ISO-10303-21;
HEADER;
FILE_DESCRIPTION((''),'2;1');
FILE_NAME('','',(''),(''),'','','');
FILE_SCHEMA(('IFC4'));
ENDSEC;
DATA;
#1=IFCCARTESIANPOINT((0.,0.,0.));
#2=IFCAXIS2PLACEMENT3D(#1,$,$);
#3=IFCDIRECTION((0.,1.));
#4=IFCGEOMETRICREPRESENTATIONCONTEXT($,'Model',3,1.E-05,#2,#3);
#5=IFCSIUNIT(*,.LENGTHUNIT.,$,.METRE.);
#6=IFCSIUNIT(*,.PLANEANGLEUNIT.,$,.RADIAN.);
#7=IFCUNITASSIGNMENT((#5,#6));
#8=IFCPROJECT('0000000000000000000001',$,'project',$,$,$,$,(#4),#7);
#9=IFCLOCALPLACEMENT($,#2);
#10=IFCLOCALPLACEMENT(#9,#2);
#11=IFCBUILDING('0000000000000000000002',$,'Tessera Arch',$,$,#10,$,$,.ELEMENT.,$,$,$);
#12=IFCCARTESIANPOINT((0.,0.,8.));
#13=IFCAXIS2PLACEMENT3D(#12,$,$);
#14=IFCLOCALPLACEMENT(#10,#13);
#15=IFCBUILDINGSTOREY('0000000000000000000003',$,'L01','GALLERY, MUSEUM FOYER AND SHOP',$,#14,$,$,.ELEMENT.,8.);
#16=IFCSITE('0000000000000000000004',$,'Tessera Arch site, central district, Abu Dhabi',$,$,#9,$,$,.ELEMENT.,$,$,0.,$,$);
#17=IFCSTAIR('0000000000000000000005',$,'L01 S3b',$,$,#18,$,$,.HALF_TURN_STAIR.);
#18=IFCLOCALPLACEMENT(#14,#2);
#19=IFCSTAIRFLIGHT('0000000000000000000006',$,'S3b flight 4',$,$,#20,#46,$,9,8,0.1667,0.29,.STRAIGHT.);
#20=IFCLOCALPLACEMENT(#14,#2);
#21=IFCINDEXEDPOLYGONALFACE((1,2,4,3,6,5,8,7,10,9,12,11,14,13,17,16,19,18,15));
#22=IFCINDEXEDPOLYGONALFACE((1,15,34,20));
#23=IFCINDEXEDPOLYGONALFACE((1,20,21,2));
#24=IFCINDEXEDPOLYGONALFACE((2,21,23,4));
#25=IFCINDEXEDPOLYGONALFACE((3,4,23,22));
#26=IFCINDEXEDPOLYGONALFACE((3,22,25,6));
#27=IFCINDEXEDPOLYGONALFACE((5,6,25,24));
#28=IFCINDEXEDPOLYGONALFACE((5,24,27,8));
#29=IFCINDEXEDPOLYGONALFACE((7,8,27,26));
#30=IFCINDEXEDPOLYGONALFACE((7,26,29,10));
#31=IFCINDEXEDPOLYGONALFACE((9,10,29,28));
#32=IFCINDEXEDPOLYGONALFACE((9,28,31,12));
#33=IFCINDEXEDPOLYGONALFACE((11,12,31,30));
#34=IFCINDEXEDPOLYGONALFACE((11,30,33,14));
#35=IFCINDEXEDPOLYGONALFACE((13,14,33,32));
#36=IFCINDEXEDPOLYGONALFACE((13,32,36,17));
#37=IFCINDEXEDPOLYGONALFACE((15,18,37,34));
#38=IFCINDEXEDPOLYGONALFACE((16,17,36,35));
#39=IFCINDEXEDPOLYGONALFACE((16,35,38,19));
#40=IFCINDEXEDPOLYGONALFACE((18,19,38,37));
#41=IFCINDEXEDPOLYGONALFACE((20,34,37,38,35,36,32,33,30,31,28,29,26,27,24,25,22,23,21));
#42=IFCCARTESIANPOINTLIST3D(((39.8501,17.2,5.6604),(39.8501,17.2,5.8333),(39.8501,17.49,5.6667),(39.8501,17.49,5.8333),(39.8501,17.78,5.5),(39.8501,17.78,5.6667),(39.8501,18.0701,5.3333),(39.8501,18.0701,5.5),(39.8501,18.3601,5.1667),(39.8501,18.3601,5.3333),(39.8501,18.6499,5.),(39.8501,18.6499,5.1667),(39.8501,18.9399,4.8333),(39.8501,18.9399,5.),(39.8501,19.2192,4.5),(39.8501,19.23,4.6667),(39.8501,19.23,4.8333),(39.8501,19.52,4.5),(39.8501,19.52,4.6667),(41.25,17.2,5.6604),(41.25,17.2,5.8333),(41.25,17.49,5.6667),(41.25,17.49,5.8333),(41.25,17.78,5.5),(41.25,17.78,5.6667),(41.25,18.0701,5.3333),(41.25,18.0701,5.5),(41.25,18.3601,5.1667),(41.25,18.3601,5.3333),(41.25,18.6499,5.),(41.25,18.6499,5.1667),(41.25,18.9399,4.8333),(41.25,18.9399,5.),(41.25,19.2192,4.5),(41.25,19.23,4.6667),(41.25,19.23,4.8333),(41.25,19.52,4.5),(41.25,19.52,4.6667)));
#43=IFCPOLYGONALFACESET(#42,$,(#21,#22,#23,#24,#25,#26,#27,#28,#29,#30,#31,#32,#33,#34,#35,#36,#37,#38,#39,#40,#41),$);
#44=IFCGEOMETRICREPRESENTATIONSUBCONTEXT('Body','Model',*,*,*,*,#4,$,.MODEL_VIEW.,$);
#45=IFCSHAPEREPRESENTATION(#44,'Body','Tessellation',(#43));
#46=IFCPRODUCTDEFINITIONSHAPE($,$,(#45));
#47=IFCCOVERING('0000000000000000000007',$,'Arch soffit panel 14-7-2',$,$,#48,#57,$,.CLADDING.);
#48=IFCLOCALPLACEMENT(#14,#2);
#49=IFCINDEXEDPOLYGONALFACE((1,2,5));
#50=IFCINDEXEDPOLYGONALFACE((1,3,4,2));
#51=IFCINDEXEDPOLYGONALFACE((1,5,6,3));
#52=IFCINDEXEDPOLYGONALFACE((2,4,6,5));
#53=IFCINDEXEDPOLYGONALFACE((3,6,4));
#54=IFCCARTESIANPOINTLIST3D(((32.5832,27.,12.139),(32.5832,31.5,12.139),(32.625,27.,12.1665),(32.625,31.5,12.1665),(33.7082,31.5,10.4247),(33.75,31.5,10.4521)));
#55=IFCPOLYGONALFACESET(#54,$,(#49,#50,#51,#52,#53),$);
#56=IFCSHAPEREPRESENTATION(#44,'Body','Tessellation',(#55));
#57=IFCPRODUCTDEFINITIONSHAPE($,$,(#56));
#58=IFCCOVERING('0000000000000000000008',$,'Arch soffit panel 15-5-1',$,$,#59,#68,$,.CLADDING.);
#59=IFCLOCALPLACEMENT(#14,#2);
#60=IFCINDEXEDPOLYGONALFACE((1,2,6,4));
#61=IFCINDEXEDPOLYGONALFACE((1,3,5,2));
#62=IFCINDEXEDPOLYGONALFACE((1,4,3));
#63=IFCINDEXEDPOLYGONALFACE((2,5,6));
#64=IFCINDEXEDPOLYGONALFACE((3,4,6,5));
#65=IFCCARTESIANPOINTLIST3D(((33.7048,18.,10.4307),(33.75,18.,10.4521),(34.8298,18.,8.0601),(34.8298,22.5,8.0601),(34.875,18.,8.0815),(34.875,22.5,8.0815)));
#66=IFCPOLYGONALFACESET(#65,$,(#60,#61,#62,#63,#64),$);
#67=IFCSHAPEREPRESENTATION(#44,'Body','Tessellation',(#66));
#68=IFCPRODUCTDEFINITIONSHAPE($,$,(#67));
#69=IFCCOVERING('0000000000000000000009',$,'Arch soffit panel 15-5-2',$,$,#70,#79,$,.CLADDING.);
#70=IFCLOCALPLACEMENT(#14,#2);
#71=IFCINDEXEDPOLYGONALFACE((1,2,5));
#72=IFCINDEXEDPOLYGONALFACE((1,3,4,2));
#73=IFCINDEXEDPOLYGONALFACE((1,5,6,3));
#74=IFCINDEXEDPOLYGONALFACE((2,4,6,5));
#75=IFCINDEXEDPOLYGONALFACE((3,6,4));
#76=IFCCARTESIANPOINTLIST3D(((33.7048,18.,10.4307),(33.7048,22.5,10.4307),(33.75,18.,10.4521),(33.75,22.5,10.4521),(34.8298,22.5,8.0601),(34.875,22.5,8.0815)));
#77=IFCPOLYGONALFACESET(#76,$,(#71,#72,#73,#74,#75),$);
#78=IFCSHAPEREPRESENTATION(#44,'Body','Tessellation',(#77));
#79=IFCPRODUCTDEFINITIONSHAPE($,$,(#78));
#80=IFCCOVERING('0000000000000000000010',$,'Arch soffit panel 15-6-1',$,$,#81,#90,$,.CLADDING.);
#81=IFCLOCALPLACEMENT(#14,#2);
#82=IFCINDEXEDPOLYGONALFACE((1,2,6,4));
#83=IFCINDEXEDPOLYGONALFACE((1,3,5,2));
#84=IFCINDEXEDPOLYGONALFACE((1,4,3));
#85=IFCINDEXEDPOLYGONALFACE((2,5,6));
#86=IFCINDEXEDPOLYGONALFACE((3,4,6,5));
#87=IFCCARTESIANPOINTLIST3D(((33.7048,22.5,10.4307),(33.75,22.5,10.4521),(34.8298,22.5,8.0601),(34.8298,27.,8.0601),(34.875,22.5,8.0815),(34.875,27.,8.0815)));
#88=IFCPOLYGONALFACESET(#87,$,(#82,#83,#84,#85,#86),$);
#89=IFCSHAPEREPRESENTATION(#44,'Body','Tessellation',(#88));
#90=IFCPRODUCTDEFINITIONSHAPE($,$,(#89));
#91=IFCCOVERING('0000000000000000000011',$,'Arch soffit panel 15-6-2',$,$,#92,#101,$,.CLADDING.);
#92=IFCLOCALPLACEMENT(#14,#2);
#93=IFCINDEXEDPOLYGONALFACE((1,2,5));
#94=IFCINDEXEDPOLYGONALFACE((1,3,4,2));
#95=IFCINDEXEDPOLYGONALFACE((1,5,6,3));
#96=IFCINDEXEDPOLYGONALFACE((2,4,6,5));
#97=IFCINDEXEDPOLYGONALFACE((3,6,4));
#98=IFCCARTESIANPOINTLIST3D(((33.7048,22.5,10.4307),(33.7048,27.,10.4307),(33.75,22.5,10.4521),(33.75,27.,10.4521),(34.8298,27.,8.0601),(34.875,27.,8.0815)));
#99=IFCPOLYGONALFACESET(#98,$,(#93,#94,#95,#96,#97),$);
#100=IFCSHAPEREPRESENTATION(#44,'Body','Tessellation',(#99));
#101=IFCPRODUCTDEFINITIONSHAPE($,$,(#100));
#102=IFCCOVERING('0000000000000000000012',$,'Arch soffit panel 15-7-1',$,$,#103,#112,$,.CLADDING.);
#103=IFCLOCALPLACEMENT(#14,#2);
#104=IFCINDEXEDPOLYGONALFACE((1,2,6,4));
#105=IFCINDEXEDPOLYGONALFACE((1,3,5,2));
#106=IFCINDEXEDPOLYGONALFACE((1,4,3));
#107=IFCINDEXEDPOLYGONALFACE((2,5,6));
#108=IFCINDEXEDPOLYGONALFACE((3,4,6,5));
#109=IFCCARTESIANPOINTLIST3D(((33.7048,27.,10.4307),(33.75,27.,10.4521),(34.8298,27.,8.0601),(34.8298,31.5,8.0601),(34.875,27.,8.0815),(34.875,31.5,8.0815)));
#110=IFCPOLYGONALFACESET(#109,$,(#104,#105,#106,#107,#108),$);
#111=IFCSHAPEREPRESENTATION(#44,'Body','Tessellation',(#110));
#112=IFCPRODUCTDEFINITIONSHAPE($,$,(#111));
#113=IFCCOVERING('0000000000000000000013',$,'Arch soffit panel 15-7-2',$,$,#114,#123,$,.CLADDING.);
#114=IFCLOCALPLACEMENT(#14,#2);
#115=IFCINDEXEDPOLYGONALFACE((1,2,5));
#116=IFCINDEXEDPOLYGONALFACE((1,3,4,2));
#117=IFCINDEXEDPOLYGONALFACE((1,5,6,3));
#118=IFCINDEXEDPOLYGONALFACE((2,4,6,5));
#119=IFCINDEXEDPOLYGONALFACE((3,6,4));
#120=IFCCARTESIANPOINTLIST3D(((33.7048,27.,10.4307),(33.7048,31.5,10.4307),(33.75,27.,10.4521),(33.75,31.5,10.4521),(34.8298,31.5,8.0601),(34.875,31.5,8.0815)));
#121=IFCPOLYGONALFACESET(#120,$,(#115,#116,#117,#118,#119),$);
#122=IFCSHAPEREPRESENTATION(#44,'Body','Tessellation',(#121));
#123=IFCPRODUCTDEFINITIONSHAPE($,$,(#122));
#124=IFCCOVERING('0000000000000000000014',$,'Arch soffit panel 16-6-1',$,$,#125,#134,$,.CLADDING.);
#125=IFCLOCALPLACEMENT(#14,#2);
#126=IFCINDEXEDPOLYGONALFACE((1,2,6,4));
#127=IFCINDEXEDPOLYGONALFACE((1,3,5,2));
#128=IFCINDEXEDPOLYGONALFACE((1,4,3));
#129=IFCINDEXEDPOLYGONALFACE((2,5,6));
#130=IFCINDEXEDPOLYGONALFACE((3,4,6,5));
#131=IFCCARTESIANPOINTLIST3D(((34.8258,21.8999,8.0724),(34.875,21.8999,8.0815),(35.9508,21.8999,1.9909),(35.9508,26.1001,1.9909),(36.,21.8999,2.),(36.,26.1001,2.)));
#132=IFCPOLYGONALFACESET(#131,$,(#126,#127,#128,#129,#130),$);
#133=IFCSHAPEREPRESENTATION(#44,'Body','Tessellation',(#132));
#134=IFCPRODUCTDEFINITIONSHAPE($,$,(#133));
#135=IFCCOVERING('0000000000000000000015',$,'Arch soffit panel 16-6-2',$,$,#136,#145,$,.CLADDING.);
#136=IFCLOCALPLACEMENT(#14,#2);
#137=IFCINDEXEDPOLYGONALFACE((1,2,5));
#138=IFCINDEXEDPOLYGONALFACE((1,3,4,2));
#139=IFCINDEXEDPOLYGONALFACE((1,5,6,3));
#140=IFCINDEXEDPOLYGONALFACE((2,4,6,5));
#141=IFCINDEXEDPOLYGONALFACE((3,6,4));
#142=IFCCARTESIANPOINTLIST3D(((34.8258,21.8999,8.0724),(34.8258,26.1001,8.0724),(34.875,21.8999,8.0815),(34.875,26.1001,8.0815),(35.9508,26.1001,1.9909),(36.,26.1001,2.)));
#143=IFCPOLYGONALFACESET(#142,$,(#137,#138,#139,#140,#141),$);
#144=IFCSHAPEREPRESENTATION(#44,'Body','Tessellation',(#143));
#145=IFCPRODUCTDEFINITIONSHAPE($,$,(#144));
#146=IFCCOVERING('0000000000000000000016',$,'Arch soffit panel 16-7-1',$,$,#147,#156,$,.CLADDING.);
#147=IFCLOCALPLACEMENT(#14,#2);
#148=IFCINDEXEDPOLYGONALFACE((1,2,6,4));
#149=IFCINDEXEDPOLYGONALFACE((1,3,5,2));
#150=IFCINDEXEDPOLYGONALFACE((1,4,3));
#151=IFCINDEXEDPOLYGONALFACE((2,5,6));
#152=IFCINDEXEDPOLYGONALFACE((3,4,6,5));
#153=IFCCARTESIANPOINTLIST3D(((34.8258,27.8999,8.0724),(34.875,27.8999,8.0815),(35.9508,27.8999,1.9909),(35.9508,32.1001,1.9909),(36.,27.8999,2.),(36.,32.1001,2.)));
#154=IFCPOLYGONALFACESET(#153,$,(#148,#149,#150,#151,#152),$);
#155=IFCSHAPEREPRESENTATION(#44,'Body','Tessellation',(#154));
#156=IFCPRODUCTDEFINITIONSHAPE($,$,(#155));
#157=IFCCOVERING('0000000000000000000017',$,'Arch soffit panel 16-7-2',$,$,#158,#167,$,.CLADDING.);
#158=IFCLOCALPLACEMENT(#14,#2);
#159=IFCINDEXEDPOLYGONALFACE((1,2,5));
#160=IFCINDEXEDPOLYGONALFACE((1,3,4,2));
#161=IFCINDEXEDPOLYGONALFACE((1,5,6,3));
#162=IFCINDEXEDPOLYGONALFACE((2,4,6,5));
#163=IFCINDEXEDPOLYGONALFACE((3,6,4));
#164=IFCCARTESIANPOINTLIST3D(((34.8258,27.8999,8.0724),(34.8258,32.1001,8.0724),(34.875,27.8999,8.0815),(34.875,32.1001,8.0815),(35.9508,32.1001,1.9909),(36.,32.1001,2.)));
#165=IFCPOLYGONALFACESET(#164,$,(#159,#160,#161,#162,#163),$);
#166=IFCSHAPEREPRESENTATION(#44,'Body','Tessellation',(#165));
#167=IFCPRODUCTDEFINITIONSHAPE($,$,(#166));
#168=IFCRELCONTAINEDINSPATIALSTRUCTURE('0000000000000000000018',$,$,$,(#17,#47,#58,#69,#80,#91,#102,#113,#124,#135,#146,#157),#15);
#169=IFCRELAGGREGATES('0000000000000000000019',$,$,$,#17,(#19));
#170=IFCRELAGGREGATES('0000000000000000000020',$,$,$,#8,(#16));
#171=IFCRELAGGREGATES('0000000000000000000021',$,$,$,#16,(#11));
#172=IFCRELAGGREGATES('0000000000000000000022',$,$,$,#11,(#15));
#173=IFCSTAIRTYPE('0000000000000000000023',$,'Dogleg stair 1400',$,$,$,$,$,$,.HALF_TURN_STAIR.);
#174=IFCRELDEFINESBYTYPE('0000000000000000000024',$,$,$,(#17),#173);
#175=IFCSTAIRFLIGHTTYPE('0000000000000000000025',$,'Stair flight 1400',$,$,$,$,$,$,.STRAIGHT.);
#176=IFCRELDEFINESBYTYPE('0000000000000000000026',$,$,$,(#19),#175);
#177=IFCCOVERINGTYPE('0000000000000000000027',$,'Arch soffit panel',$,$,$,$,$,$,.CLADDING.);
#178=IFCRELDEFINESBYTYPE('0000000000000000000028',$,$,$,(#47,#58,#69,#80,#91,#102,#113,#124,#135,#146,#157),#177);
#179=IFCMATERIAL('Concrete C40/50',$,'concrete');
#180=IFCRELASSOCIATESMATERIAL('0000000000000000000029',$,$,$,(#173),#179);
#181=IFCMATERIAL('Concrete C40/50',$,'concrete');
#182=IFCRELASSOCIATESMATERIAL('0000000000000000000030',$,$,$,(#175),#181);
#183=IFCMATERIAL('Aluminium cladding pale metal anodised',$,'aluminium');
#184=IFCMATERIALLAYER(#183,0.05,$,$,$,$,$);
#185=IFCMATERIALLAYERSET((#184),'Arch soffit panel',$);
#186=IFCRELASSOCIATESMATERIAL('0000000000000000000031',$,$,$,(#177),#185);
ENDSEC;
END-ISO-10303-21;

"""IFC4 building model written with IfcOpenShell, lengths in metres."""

from ifc_helpers import new_model, si_unit, direction, frame, origin, place, context, subcontext, project, spatial, polyline, outline, extrude, material, layer, layer_set, type_object, element, aggregate, save


model = new_model("IFC4")

# Units and contexts
model_context = context("Model", 3, precision=1e-05, world=origin(), true_north=direction((0.0, 1.0)))
body_context = subcontext(model_context, "Body", "Model", "MODEL_VIEW")
ifc_project = project(units=[si_unit("LENGTHUNIT", "METRE"), si_unit("PLANEANGLEUNIT", "RADIAN")], contexts=[model_context])

# Site, building, storey
site_placement = place(None, origin())
site = spatial("IfcSite", under=ifc_project, at=site_placement, Name="Tessera Arch site, central district, Abu Dhabi", CompositionType="ELEMENT", RefElevation=0.0)
building_placement = place(site_placement, origin())
building = spatial("IfcBuilding", under=site, at=building_placement, Name="Tessera Arch", CompositionType="ELEMENT")
storey_placement = place(building_placement, frame((0.0, 0.0, 8.0)))
storey = spatial("IfcBuildingStorey", under=building, at=storey_placement, Name="L01", Description="GALLERY, MUSEUM FOYER AND SHOP", CompositionType="ELEMENT", Elevation=8.0)

# Stair, stair flight
ifc_material_1 = material(Name="Concrete C40/50", Category="concrete")
stair_type = type_object("IfcStairType", Name="Dogleg stair 1400", PredefinedType="HALF_TURN_STAIR", material=ifc_material_1)
ifc_material_2 = material(Name="Concrete C40/50", Category="concrete")
stair_flight_type = type_object("IfcStairFlightType", Name="Stair flight 1400", PredefinedType="STRAIGHT", material=ifc_material_2)
stair_1_placement = place(storey_placement, origin())
stair_1 = element("IfcStair", 1, at=stair_1_placement, inside=storey, type_object=stair_type, Name="L01 S3b", PredefinedType="HALF_TURN_STAIR")
stair_flight_1_placement = place(storey_placement, frame((40.55, 19.52, 4.5), z_axis=(0.0, 0.0, 1.0), x_axis=(0.0, -1.0, 0.0)))
stair_flight_1 = element("IfcStairFlight", 2, at=stair_flight_1_placement, type_object=stair_flight_type, Name="S3b flight 4", NumberOfRisers=9, NumberOfTreads=8, PredefinedType="STRAIGHT", RiserHeight=0.1667, TreadLength=0.29, context=body_context, shape_type="SweptSolid", body=[
    extrude(outline(polyline([(0.0, 0.0), (0.0, 0.1667), (0.29, 0.1667), (0.29, 0.3333), (0.5801, 0.3333), (0.5801, 0.5), (0.8701, 0.5), (0.8701, 0.6667), (1.1599, 0.6667), (1.1599, 0.8333), (1.45, 0.8333), (1.45, 1.0), (1.74, 1.0), (1.74, 1.1667), (2.03, 1.1667), (2.03, 1.3333), (2.3201, 1.3333), (2.3201, 1.5), (2.3201, 1.1604), (0.3008, 0.0), (0.0, 0.0)])), frame((0.0, 0.7, 0.0), z_axis=(0.0, -1.0, 0.0), x_axis=(1.0, 0.0, 0.0)), (0.0, 0.0, 1.0), 1.3999),
])
aggregate(stair_1, [stair_flight_1])

# Coverings
ifc_material_3 = material(Name="Aluminium cladding pale metal anodised", Category="aluminium")
ifc_layer_1 = layer(ifc_material_3, 0.05)
ifc_layer_set_1 = layer_set([ifc_layer_1], Name="Arch soffit panel")
covering_type = type_object("IfcCoveringType", Name="Arch soffit panel", PredefinedType="CLADDING", material=ifc_layer_set_1)
covering_1_placement = place(storey_placement, frame((32.625, 27.0, 12.1665), z_axis=(0.836058, 0.0, 0.548641), x_axis=(0.227495, 0.90998, -0.346673)))
element("IfcCovering", 3, at=covering_1_placement, inside=storey, type_object=covering_type, Name="Arch soffit panel 14-7-2", PredefinedType="CLADDING", context=body_context, shape_type="SweptSolid", body=[
    extrude(outline(polyline([(0.0, 0.0), (4.9452, 0.0), (4.0949, 1.8659), (0.0, 0.0)])), origin(), (0.0, 0.0, -1.0), 0.05),
])
covering_2_placement = place(storey_placement, frame((33.75, 18.0, 10.4521), z_axis=(0.903431, 0.0, 0.428734), x_axis=(0.428734, 0.0, -0.903431)))
element("IfcCovering", 4, at=covering_2_placement, inside=storey, type_object=covering_type, Name="Arch soffit panel 15-5-1", PredefinedType="CLADDING", context=body_context, shape_type="SweptSolid", body=[
    extrude(outline(polyline([(0.0, 0.0), (2.624, 0.0), (2.624, 4.5), (0.0, 0.0)])), origin(), (0.0, 0.0, -1.0), 0.05),
])
covering_3_placement = place(storey_placement, frame((33.75, 18.0, 10.4521), z_axis=(0.903431, 0.0, 0.428734), x_axis=(0.215966, 0.863862, -0.455084)))
element("IfcCovering", 5, at=covering_3_placement, inside=storey, type_object=covering_type, Name="Arch soffit panel 15-5-2", PredefinedType="CLADDING", context=body_context, shape_type="SweptSolid", body=[
    extrude(outline(polyline([(0.0, 0.0), (5.2092, 0.0), (3.8874, 2.2668), (0.0, 0.0)])), origin(), (0.0, 0.0, -1.0), 0.05),
])
covering_4_placement = place(storey_placement, frame((33.75, 22.5, 10.4521), z_axis=(0.903431, 0.0, 0.428734), x_axis=(0.428734, 0.0, -0.903431)))
element("IfcCovering", 6, at=covering_4_placement, inside=storey, type_object=covering_type, Name="Arch soffit panel 15-6-1", PredefinedType="CLADDING", context=body_context, shape_type="SweptSolid", body=[
    extrude(outline(polyline([(0.0, 0.0), (2.624, 0.0), (2.624, 4.5), (0.0, 0.0)])), origin(), (0.0, 0.0, -1.0), 0.05),
])
covering_5_placement = place(storey_placement, frame((33.75, 22.5, 10.4521), z_axis=(0.903431, 0.0, 0.428734), x_axis=(0.215966, 0.863862, -0.455084)))
element("IfcCovering", 7, at=covering_5_placement, inside=storey, type_object=covering_type, Name="Arch soffit panel 15-6-2", PredefinedType="CLADDING", context=body_context, shape_type="SweptSolid", body=[
    extrude(outline(polyline([(0.0, 0.0), (5.2092, 0.0), (3.8874, 2.2668), (0.0, 0.0)])), origin(), (0.0, 0.0, -1.0), 0.05),
])
covering_6_placement = place(storey_placement, frame((33.75, 27.0, 10.4521), z_axis=(0.903431, 0.0, 0.428734), x_axis=(0.428734, 0.0, -0.903431)))
element("IfcCovering", 8, at=covering_6_placement, inside=storey, type_object=covering_type, Name="Arch soffit panel 15-7-1", PredefinedType="CLADDING", context=body_context, shape_type="SweptSolid", body=[
    extrude(outline(polyline([(0.0, 0.0), (2.624, 0.0), (2.624, 4.5), (0.0, 0.0)])), origin(), (0.0, 0.0, -1.0), 0.05),
])
covering_7_placement = place(storey_placement, frame((33.75, 27.0, 10.4521), z_axis=(0.903431, 0.0, 0.428734), x_axis=(0.215966, 0.863862, -0.455084)))
element("IfcCovering", 9, at=covering_7_placement, inside=storey, type_object=covering_type, Name="Arch soffit panel 15-7-2", PredefinedType="CLADDING", context=body_context, shape_type="SweptSolid", body=[
    extrude(outline(polyline([(0.0, 0.0), (5.2092, 0.0), (3.8874, 2.2668), (0.0, 0.0)])), origin(), (0.0, 0.0, -1.0), 0.05),
])
covering_8_placement = place(storey_placement, frame((34.875, 21.8999, 8.0815), z_axis=(0.983317, 0.0, 0.1819), x_axis=(0.1819, 0.0, -0.983317)))
element("IfcCovering", 10, at=covering_8_placement, inside=storey, type_object=covering_type, Name="Arch soffit panel 16-6-1", PredefinedType="CLADDING", context=body_context, shape_type="SweptSolid", body=[
    extrude(outline(polyline([(0.0, 0.0), (6.1847, 0.0), (6.1847, 4.2002), (0.0, 0.0)])), origin(), (0.0, 0.0, -1.0), 0.05),
])
covering_9_placement = place(storey_placement, frame((34.875, 21.8999, 8.0815), z_axis=(0.983317, 0.0, 0.1819), x_axis=(0.150479, 0.561815, -0.813462)))
element("IfcCovering", 11, at=covering_9_placement, inside=storey, type_object=covering_type, Name="Arch soffit panel 16-6-2", PredefinedType="CLADDING", context=body_context, shape_type="SweptSolid", body=[
    extrude(outline(polyline([(0.0, 0.0), (7.4761, 0.0), (2.3597, 3.4747), (0.0, 0.0)])), origin(), (0.0, 0.0, -1.0), 0.05),
])
covering_10_placement = place(storey_placement, frame((34.875, 27.8999, 8.0815), z_axis=(0.983317, 0.0, 0.1819), x_axis=(0.1819, 0.0, -0.983317)))
element("IfcCovering", 12, at=covering_10_placement, inside=storey, type_object=covering_type, Name="Arch soffit panel 16-7-1", PredefinedType="CLADDING", context=body_context, shape_type="SweptSolid", body=[
    extrude(outline(polyline([(0.0, 0.0), (6.1847, 0.0), (6.1847, 4.2002), (0.0, 0.0)])), origin(), (0.0, 0.0, -1.0), 0.05),
])
covering_11_placement = place(storey_placement, frame((34.875, 27.8999, 8.0815), z_axis=(0.983317, 0.0, 0.1819), x_axis=(0.150479, 0.561815, -0.813462)))
element("IfcCovering", 13, at=covering_11_placement, inside=storey, type_object=covering_type, Name="Arch soffit panel 16-7-2", PredefinedType="CLADDING", context=body_context, shape_type="SweptSolid", body=[
    extrude(outline(polyline([(0.0, 0.0), (7.4761, 0.0), (2.3597, 3.4747), (0.0, 0.0)])), origin(), (0.0, 0.0, -1.0), 0.05),
])

save(model, "model.ifc")
